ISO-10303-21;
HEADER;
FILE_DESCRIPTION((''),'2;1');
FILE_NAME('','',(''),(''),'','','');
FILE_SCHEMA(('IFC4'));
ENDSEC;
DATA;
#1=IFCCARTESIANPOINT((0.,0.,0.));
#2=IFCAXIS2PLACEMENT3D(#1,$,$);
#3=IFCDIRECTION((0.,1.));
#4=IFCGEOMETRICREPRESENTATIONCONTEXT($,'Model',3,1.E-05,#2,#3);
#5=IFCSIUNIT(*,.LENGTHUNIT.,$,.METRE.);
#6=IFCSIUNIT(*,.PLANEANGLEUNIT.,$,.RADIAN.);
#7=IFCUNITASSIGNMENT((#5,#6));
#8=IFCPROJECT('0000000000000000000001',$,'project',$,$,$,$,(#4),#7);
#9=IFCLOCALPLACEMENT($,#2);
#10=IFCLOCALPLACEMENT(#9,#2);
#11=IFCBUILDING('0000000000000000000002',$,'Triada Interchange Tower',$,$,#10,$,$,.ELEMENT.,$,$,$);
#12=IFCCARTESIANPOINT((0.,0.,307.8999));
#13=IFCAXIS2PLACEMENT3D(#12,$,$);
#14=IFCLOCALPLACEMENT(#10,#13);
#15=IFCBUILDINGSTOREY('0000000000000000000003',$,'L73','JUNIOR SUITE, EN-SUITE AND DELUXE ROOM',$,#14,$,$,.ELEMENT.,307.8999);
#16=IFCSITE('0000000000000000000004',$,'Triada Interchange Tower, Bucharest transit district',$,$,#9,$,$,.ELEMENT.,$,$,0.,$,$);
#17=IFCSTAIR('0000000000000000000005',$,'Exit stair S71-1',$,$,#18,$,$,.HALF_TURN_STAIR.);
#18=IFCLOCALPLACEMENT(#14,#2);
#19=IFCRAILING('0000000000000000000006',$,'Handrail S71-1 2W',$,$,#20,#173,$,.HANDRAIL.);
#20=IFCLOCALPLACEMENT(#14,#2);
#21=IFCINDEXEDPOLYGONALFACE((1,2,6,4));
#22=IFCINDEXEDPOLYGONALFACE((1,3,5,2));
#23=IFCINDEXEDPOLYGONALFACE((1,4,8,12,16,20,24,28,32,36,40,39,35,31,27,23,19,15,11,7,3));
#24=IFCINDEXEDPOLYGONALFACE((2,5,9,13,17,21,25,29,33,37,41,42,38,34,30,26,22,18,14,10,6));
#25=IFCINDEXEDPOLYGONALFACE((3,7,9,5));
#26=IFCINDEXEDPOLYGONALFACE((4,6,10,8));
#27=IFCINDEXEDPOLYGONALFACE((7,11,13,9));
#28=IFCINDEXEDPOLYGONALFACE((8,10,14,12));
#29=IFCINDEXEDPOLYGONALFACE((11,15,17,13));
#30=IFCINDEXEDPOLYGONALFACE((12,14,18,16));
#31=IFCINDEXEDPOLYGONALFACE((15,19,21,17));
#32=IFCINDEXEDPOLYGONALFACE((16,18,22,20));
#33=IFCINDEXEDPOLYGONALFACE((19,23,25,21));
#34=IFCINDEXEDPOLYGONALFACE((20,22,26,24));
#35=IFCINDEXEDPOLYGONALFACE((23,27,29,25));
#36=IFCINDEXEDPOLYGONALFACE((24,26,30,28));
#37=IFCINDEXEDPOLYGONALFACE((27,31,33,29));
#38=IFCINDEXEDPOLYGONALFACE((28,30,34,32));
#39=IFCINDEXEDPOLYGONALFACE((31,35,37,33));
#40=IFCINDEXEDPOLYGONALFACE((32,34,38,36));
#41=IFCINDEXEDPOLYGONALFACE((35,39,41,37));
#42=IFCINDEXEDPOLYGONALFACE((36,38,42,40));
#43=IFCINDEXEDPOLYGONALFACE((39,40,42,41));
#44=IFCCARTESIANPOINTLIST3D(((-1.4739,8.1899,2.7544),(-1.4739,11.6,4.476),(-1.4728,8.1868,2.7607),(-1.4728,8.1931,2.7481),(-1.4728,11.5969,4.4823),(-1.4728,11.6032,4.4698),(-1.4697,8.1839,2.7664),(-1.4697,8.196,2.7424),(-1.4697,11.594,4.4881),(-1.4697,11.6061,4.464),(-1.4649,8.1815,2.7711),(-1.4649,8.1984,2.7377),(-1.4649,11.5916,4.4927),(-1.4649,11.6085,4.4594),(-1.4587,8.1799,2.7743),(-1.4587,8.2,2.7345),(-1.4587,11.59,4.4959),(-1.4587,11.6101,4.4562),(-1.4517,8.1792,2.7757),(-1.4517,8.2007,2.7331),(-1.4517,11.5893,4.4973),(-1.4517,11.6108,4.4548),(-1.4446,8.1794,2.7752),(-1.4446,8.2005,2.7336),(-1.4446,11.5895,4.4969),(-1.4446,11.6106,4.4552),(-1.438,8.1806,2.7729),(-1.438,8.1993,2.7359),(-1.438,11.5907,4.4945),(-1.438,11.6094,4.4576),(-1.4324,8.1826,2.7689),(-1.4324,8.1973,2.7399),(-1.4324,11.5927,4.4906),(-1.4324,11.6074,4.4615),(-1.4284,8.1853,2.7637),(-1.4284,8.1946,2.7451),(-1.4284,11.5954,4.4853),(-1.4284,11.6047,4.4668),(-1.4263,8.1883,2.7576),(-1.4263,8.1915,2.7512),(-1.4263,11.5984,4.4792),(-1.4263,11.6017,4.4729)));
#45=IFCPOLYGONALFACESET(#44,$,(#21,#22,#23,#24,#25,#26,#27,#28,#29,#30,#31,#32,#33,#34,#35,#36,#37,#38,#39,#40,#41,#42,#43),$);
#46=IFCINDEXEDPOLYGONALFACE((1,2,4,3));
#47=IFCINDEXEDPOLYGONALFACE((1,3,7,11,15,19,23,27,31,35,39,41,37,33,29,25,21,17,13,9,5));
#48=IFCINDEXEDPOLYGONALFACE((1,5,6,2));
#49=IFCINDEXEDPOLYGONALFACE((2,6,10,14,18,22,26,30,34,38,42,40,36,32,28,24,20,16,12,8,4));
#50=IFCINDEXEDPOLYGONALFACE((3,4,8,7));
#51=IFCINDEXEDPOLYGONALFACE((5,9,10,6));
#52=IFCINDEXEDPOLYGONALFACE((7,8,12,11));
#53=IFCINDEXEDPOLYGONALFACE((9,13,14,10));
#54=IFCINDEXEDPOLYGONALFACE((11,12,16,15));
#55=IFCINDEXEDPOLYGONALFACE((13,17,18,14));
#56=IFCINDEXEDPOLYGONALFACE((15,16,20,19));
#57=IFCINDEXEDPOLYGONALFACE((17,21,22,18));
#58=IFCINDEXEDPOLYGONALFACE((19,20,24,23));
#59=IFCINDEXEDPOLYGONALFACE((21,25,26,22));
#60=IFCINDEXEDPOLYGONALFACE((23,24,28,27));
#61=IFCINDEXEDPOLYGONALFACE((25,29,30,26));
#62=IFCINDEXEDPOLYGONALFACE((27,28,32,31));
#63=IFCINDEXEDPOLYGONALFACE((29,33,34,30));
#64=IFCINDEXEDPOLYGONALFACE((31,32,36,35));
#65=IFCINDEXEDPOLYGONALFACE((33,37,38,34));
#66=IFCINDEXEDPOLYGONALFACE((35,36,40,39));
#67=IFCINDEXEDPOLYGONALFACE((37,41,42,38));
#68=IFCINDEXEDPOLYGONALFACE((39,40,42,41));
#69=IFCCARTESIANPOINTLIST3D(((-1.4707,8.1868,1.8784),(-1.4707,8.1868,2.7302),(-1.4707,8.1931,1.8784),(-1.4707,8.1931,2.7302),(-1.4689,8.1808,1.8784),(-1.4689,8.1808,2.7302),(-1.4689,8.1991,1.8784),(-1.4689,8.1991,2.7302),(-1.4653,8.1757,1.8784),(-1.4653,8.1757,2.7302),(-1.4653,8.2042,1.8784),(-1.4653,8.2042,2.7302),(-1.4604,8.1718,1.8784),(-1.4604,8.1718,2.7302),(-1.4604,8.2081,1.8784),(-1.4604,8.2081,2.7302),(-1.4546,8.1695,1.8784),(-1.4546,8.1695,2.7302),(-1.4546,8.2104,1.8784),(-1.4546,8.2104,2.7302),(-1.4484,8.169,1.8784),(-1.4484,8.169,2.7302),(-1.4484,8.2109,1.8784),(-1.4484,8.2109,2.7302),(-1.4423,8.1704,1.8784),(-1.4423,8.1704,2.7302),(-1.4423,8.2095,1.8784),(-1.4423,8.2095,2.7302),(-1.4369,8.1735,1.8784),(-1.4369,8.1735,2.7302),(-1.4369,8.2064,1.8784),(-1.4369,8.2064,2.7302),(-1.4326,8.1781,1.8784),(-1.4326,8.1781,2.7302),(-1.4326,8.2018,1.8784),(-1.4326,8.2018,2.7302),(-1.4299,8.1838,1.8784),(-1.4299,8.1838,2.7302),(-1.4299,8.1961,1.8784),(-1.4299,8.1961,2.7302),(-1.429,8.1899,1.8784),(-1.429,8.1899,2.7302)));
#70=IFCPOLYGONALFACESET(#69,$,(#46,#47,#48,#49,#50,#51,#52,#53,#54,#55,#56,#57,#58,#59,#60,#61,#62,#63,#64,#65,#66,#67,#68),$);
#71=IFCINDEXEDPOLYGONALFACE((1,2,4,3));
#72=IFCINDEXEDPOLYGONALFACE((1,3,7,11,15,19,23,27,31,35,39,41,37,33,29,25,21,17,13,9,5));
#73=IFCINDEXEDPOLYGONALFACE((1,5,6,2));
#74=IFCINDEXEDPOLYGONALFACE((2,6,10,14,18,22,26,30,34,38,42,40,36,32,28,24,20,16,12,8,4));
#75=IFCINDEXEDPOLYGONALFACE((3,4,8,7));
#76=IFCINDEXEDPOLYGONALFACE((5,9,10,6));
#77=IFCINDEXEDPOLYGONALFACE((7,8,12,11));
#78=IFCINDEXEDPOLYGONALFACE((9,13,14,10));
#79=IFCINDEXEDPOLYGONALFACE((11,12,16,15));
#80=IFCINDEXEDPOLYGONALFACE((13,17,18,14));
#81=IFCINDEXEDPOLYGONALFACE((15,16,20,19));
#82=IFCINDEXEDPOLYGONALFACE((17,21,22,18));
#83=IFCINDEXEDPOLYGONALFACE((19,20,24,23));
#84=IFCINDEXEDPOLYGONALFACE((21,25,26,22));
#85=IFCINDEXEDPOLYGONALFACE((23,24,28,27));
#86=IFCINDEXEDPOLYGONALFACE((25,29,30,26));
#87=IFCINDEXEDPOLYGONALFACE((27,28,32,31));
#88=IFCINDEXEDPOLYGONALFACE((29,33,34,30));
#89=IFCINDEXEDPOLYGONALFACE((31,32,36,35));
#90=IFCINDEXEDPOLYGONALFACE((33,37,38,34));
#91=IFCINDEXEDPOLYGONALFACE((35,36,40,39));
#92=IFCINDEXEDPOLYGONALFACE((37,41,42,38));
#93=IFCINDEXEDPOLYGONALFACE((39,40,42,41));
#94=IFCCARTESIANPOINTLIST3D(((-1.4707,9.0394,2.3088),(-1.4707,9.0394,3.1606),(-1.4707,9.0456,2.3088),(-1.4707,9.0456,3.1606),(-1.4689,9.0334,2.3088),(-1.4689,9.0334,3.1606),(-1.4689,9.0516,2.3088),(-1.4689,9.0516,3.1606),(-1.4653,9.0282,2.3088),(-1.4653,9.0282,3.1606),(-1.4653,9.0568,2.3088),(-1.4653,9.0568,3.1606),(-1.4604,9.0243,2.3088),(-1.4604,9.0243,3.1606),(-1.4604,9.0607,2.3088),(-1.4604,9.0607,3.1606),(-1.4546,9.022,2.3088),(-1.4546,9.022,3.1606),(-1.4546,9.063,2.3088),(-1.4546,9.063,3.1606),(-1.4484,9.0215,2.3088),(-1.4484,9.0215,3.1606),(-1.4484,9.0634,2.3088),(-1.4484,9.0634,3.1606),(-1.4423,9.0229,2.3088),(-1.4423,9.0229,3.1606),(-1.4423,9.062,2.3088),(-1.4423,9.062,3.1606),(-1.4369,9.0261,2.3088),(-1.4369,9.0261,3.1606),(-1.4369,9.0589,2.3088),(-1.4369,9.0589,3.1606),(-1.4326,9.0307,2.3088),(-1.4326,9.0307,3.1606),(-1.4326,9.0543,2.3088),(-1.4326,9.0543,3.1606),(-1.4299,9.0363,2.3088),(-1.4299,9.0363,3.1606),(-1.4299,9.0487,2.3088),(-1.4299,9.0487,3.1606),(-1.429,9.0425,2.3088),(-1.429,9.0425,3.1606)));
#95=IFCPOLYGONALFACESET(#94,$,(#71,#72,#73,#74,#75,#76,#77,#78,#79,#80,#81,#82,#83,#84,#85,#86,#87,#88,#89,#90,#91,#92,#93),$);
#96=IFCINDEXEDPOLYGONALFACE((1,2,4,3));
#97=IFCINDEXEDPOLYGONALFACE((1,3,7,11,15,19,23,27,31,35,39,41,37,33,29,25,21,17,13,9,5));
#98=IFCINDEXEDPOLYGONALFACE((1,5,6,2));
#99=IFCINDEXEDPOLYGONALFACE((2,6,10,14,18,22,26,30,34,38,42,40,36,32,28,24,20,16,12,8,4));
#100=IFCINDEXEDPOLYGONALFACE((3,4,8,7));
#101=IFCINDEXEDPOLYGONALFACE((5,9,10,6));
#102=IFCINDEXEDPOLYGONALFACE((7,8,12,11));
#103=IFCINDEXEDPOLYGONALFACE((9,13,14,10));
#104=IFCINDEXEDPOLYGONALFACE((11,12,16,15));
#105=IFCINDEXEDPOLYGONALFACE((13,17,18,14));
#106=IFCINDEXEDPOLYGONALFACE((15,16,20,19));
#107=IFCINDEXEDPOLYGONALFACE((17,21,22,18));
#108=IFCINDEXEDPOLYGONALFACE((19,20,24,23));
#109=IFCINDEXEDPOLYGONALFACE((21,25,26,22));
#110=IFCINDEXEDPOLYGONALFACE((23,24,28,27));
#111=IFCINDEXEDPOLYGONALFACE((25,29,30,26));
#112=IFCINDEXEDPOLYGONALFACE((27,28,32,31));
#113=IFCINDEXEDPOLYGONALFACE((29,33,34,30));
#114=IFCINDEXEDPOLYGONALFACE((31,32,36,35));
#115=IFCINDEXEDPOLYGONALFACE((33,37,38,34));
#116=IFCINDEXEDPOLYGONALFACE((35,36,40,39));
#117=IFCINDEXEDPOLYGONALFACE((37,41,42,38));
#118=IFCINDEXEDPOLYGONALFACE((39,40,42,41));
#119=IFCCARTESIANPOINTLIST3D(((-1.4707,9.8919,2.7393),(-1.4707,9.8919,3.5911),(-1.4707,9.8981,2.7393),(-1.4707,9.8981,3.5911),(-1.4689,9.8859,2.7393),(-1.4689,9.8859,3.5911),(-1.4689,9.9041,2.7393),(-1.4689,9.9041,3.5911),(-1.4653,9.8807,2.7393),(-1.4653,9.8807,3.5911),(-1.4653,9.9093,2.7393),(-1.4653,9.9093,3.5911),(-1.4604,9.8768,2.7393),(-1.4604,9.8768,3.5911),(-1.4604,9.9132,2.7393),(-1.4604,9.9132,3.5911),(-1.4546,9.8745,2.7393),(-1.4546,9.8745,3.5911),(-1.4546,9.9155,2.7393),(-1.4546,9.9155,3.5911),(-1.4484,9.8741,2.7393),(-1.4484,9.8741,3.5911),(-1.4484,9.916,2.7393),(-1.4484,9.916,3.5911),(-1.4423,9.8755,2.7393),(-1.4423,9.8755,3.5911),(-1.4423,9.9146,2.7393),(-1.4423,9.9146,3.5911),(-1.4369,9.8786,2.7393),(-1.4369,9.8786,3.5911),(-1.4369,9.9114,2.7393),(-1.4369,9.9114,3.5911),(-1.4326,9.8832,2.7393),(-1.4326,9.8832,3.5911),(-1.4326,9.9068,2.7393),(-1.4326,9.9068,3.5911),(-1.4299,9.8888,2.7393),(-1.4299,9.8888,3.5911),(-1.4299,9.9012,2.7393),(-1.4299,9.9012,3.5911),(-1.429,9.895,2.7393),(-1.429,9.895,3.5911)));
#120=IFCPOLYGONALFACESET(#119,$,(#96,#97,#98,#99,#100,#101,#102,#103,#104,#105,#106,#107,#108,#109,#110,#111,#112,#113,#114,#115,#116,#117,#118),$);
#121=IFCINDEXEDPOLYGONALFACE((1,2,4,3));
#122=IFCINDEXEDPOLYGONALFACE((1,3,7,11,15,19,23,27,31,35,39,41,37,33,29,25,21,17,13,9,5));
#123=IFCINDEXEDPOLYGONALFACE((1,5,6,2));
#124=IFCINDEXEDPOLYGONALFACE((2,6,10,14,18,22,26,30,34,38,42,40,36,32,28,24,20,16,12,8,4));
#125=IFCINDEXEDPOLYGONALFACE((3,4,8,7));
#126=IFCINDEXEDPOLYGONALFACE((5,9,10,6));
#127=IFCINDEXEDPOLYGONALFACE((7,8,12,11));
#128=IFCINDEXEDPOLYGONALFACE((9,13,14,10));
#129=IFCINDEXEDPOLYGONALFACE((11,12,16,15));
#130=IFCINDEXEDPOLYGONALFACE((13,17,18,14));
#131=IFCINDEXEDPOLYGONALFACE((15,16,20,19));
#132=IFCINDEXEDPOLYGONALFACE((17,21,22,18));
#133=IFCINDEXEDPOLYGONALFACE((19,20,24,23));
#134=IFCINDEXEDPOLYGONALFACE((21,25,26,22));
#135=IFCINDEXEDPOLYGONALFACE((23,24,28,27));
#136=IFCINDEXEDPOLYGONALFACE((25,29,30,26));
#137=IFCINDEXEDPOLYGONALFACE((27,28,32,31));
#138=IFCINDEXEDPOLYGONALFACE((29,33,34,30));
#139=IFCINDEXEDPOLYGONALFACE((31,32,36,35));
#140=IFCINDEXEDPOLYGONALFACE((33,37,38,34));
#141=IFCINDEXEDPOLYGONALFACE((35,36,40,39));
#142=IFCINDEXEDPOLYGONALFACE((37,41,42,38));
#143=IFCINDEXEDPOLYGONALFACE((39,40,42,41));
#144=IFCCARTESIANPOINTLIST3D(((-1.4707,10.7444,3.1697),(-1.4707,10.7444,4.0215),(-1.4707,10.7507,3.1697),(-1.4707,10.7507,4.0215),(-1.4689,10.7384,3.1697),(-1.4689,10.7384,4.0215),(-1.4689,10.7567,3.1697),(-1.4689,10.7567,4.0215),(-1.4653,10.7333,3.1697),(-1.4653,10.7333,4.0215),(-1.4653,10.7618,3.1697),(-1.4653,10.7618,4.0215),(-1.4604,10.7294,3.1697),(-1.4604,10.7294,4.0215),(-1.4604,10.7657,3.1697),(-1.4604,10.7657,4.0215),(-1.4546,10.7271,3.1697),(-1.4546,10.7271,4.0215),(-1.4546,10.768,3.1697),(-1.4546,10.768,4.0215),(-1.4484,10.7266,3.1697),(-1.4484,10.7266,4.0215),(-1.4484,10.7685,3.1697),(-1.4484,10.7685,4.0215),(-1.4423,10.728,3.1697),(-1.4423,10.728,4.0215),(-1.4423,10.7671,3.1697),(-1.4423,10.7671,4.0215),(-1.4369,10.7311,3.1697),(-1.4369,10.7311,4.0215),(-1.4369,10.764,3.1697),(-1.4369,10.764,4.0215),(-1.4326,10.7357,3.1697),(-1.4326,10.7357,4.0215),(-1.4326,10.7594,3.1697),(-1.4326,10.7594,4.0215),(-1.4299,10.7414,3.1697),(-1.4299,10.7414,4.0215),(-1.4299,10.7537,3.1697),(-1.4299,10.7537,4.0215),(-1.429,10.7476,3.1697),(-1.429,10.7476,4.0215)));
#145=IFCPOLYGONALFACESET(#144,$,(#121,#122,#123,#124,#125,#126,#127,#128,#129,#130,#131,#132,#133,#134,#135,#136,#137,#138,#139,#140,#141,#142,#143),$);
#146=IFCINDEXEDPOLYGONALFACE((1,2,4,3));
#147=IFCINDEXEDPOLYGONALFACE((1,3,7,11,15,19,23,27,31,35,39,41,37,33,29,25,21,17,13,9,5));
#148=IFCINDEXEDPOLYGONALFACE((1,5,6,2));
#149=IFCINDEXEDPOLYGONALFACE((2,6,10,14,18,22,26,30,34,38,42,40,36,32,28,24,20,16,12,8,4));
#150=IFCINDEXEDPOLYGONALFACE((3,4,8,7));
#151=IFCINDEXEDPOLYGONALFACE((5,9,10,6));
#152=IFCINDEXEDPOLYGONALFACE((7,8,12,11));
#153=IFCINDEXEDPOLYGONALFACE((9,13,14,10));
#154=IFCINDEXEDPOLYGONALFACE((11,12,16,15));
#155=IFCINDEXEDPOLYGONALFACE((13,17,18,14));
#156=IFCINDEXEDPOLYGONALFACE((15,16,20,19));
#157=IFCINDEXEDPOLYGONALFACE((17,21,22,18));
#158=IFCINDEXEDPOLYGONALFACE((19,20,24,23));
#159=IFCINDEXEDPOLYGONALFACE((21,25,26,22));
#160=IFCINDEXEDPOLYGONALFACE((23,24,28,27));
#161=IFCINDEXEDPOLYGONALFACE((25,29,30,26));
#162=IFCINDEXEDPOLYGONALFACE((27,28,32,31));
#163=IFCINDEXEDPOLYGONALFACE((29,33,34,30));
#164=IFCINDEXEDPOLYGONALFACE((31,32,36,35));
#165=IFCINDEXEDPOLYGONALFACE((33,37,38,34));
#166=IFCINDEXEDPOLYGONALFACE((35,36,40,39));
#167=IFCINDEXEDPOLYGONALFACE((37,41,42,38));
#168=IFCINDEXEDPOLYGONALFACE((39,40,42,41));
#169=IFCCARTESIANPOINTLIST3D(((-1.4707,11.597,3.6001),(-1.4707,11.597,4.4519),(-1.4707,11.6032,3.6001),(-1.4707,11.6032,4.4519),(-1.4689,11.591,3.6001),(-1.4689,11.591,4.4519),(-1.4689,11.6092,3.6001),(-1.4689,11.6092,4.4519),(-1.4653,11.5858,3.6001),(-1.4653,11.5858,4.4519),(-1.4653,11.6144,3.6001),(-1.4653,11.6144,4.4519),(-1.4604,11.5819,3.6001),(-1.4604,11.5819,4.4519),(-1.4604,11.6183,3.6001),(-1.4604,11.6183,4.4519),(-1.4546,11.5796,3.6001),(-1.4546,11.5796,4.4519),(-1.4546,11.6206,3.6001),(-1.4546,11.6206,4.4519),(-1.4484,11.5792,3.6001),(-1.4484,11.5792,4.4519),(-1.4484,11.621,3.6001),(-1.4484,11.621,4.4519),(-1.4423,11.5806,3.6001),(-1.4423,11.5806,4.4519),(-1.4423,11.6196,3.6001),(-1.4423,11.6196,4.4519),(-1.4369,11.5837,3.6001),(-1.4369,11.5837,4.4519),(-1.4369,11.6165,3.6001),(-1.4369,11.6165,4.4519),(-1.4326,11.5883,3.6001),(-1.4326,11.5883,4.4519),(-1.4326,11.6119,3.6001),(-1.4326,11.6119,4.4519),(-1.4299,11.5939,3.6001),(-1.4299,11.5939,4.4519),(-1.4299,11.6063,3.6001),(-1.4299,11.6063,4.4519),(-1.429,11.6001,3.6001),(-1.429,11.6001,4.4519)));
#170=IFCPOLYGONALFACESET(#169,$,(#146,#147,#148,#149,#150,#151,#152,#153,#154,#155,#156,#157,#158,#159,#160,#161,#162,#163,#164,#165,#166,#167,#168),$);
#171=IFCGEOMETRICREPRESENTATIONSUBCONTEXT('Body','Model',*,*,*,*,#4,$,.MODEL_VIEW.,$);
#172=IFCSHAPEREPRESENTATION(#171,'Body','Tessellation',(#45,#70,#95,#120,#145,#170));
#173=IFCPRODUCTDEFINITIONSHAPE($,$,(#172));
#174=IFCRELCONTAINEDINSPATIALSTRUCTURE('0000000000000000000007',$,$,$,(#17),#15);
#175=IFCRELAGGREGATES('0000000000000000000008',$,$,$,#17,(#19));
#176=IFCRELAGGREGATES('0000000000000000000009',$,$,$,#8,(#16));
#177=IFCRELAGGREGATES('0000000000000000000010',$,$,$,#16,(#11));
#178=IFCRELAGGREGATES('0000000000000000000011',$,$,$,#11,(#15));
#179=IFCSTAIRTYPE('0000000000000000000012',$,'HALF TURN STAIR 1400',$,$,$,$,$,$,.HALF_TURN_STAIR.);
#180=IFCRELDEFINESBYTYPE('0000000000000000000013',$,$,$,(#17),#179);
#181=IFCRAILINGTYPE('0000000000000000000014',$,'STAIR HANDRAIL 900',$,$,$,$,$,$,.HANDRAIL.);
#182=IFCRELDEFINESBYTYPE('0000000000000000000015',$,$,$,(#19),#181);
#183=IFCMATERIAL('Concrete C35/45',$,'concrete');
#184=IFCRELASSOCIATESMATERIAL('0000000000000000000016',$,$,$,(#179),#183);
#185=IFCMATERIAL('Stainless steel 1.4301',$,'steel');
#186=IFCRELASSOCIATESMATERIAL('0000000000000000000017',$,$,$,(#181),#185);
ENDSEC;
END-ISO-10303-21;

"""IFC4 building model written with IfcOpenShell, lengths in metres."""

from ifc_helpers import new_model, si_unit, direction, frame, origin, origin_2d, place, context, subcontext, project, spatial, circle, extrude, material, type_object, element, aggregate, save


model = new_model("IFC4")

# Units and contexts
model_context = context("Model", 3, precision=1e-05, world=origin(), true_north=direction((0.0, 1.0)))
body_context = subcontext(model_context, "Body", "Model", "MODEL_VIEW")
ifc_project = project(units=[si_unit("LENGTHUNIT", "METRE"), si_unit("PLANEANGLEUNIT", "RADIAN")], contexts=[model_context])

# Site, building, storey
site_placement = place(None, origin())
site = spatial("IfcSite", under=ifc_project, at=site_placement, Name="Triada Interchange Tower, Bucharest transit district", CompositionType="ELEMENT", RefElevation=0.0)
building_placement = place(site_placement, origin())
building = spatial("IfcBuilding", under=site, at=building_placement, Name="Triada Interchange Tower", CompositionType="ELEMENT")
storey_placement = place(building_placement, frame((0.0, 0.0, 307.8999)))
storey = spatial("IfcBuildingStorey", under=building, at=storey_placement, Name="L73", Description="JUNIOR SUITE, EN-SUITE AND DELUXE ROOM", CompositionType="ELEMENT", Elevation=307.8999)

# Stair
ifc_material_1 = material(Name="Concrete C35/45", Category="concrete")
stair_type = type_object("IfcStairType", Name="HALF TURN STAIR 1400", PredefinedType="HALF_TURN_STAIR", material=ifc_material_1)
stair_placement = place(storey_placement, origin())
stair = element("IfcStair", 1, at=stair_placement, inside=storey, type_object=stair_type, Name="Exit stair S71-1", PredefinedType="HALF_TURN_STAIR")

# Railing
ifc_material_2 = material(Name="Stainless steel 1.4301", Category="steel")
railing_type = type_object("IfcRailingType", Name="STAIR HANDRAIL 900", PredefinedType="HANDRAIL", material=ifc_material_2)
railing_1_placement = place(storey_placement, frame((-1.45, 8.1899, 1.8784)))
railing_1 = element("IfcRailing", 2, at=railing_1_placement, type_object=railing_type, Name="Handrail S71-1 2W", PredefinedType="HANDRAIL", context=body_context, shape_type="SweptSolid", body=[
    extrude(circle(Radius=0.0239, at=origin_2d()), frame((0.0, 0.0, 0.876), z_axis=(0.0, 0.892682, 0.450687), x_axis=(-1.0, 0.0, 0.0)), (0.0, 0.0, 1.0), 3.8201),
    extrude(circle(Radius=0.021, at=origin_2d()), origin(), (0.0, 0.0, 1.0), 0.8518),
    extrude(circle(Radius=0.021, at=origin_2d()), frame((0.0, 0.8525, 0.4304)), (0.0, 0.0, 1.0), 0.8518),
    extrude(circle(Radius=0.021, at=origin_2d()), frame((0.0, 1.7051, 0.8608)), (0.0, 0.0, 1.0), 0.8518),
    extrude(circle(Radius=0.021, at=origin_2d()), frame((0.0, 2.5576, 1.2913)), (0.0, 0.0, 1.0), 0.8518),
    extrude(circle(Radius=0.021, at=origin_2d()), frame((0.0, 3.4102, 1.7217)), (0.0, 0.0, 1.0), 0.8518),
])
aggregate(stair, [railing_1])

save(model, "model.ifc")
